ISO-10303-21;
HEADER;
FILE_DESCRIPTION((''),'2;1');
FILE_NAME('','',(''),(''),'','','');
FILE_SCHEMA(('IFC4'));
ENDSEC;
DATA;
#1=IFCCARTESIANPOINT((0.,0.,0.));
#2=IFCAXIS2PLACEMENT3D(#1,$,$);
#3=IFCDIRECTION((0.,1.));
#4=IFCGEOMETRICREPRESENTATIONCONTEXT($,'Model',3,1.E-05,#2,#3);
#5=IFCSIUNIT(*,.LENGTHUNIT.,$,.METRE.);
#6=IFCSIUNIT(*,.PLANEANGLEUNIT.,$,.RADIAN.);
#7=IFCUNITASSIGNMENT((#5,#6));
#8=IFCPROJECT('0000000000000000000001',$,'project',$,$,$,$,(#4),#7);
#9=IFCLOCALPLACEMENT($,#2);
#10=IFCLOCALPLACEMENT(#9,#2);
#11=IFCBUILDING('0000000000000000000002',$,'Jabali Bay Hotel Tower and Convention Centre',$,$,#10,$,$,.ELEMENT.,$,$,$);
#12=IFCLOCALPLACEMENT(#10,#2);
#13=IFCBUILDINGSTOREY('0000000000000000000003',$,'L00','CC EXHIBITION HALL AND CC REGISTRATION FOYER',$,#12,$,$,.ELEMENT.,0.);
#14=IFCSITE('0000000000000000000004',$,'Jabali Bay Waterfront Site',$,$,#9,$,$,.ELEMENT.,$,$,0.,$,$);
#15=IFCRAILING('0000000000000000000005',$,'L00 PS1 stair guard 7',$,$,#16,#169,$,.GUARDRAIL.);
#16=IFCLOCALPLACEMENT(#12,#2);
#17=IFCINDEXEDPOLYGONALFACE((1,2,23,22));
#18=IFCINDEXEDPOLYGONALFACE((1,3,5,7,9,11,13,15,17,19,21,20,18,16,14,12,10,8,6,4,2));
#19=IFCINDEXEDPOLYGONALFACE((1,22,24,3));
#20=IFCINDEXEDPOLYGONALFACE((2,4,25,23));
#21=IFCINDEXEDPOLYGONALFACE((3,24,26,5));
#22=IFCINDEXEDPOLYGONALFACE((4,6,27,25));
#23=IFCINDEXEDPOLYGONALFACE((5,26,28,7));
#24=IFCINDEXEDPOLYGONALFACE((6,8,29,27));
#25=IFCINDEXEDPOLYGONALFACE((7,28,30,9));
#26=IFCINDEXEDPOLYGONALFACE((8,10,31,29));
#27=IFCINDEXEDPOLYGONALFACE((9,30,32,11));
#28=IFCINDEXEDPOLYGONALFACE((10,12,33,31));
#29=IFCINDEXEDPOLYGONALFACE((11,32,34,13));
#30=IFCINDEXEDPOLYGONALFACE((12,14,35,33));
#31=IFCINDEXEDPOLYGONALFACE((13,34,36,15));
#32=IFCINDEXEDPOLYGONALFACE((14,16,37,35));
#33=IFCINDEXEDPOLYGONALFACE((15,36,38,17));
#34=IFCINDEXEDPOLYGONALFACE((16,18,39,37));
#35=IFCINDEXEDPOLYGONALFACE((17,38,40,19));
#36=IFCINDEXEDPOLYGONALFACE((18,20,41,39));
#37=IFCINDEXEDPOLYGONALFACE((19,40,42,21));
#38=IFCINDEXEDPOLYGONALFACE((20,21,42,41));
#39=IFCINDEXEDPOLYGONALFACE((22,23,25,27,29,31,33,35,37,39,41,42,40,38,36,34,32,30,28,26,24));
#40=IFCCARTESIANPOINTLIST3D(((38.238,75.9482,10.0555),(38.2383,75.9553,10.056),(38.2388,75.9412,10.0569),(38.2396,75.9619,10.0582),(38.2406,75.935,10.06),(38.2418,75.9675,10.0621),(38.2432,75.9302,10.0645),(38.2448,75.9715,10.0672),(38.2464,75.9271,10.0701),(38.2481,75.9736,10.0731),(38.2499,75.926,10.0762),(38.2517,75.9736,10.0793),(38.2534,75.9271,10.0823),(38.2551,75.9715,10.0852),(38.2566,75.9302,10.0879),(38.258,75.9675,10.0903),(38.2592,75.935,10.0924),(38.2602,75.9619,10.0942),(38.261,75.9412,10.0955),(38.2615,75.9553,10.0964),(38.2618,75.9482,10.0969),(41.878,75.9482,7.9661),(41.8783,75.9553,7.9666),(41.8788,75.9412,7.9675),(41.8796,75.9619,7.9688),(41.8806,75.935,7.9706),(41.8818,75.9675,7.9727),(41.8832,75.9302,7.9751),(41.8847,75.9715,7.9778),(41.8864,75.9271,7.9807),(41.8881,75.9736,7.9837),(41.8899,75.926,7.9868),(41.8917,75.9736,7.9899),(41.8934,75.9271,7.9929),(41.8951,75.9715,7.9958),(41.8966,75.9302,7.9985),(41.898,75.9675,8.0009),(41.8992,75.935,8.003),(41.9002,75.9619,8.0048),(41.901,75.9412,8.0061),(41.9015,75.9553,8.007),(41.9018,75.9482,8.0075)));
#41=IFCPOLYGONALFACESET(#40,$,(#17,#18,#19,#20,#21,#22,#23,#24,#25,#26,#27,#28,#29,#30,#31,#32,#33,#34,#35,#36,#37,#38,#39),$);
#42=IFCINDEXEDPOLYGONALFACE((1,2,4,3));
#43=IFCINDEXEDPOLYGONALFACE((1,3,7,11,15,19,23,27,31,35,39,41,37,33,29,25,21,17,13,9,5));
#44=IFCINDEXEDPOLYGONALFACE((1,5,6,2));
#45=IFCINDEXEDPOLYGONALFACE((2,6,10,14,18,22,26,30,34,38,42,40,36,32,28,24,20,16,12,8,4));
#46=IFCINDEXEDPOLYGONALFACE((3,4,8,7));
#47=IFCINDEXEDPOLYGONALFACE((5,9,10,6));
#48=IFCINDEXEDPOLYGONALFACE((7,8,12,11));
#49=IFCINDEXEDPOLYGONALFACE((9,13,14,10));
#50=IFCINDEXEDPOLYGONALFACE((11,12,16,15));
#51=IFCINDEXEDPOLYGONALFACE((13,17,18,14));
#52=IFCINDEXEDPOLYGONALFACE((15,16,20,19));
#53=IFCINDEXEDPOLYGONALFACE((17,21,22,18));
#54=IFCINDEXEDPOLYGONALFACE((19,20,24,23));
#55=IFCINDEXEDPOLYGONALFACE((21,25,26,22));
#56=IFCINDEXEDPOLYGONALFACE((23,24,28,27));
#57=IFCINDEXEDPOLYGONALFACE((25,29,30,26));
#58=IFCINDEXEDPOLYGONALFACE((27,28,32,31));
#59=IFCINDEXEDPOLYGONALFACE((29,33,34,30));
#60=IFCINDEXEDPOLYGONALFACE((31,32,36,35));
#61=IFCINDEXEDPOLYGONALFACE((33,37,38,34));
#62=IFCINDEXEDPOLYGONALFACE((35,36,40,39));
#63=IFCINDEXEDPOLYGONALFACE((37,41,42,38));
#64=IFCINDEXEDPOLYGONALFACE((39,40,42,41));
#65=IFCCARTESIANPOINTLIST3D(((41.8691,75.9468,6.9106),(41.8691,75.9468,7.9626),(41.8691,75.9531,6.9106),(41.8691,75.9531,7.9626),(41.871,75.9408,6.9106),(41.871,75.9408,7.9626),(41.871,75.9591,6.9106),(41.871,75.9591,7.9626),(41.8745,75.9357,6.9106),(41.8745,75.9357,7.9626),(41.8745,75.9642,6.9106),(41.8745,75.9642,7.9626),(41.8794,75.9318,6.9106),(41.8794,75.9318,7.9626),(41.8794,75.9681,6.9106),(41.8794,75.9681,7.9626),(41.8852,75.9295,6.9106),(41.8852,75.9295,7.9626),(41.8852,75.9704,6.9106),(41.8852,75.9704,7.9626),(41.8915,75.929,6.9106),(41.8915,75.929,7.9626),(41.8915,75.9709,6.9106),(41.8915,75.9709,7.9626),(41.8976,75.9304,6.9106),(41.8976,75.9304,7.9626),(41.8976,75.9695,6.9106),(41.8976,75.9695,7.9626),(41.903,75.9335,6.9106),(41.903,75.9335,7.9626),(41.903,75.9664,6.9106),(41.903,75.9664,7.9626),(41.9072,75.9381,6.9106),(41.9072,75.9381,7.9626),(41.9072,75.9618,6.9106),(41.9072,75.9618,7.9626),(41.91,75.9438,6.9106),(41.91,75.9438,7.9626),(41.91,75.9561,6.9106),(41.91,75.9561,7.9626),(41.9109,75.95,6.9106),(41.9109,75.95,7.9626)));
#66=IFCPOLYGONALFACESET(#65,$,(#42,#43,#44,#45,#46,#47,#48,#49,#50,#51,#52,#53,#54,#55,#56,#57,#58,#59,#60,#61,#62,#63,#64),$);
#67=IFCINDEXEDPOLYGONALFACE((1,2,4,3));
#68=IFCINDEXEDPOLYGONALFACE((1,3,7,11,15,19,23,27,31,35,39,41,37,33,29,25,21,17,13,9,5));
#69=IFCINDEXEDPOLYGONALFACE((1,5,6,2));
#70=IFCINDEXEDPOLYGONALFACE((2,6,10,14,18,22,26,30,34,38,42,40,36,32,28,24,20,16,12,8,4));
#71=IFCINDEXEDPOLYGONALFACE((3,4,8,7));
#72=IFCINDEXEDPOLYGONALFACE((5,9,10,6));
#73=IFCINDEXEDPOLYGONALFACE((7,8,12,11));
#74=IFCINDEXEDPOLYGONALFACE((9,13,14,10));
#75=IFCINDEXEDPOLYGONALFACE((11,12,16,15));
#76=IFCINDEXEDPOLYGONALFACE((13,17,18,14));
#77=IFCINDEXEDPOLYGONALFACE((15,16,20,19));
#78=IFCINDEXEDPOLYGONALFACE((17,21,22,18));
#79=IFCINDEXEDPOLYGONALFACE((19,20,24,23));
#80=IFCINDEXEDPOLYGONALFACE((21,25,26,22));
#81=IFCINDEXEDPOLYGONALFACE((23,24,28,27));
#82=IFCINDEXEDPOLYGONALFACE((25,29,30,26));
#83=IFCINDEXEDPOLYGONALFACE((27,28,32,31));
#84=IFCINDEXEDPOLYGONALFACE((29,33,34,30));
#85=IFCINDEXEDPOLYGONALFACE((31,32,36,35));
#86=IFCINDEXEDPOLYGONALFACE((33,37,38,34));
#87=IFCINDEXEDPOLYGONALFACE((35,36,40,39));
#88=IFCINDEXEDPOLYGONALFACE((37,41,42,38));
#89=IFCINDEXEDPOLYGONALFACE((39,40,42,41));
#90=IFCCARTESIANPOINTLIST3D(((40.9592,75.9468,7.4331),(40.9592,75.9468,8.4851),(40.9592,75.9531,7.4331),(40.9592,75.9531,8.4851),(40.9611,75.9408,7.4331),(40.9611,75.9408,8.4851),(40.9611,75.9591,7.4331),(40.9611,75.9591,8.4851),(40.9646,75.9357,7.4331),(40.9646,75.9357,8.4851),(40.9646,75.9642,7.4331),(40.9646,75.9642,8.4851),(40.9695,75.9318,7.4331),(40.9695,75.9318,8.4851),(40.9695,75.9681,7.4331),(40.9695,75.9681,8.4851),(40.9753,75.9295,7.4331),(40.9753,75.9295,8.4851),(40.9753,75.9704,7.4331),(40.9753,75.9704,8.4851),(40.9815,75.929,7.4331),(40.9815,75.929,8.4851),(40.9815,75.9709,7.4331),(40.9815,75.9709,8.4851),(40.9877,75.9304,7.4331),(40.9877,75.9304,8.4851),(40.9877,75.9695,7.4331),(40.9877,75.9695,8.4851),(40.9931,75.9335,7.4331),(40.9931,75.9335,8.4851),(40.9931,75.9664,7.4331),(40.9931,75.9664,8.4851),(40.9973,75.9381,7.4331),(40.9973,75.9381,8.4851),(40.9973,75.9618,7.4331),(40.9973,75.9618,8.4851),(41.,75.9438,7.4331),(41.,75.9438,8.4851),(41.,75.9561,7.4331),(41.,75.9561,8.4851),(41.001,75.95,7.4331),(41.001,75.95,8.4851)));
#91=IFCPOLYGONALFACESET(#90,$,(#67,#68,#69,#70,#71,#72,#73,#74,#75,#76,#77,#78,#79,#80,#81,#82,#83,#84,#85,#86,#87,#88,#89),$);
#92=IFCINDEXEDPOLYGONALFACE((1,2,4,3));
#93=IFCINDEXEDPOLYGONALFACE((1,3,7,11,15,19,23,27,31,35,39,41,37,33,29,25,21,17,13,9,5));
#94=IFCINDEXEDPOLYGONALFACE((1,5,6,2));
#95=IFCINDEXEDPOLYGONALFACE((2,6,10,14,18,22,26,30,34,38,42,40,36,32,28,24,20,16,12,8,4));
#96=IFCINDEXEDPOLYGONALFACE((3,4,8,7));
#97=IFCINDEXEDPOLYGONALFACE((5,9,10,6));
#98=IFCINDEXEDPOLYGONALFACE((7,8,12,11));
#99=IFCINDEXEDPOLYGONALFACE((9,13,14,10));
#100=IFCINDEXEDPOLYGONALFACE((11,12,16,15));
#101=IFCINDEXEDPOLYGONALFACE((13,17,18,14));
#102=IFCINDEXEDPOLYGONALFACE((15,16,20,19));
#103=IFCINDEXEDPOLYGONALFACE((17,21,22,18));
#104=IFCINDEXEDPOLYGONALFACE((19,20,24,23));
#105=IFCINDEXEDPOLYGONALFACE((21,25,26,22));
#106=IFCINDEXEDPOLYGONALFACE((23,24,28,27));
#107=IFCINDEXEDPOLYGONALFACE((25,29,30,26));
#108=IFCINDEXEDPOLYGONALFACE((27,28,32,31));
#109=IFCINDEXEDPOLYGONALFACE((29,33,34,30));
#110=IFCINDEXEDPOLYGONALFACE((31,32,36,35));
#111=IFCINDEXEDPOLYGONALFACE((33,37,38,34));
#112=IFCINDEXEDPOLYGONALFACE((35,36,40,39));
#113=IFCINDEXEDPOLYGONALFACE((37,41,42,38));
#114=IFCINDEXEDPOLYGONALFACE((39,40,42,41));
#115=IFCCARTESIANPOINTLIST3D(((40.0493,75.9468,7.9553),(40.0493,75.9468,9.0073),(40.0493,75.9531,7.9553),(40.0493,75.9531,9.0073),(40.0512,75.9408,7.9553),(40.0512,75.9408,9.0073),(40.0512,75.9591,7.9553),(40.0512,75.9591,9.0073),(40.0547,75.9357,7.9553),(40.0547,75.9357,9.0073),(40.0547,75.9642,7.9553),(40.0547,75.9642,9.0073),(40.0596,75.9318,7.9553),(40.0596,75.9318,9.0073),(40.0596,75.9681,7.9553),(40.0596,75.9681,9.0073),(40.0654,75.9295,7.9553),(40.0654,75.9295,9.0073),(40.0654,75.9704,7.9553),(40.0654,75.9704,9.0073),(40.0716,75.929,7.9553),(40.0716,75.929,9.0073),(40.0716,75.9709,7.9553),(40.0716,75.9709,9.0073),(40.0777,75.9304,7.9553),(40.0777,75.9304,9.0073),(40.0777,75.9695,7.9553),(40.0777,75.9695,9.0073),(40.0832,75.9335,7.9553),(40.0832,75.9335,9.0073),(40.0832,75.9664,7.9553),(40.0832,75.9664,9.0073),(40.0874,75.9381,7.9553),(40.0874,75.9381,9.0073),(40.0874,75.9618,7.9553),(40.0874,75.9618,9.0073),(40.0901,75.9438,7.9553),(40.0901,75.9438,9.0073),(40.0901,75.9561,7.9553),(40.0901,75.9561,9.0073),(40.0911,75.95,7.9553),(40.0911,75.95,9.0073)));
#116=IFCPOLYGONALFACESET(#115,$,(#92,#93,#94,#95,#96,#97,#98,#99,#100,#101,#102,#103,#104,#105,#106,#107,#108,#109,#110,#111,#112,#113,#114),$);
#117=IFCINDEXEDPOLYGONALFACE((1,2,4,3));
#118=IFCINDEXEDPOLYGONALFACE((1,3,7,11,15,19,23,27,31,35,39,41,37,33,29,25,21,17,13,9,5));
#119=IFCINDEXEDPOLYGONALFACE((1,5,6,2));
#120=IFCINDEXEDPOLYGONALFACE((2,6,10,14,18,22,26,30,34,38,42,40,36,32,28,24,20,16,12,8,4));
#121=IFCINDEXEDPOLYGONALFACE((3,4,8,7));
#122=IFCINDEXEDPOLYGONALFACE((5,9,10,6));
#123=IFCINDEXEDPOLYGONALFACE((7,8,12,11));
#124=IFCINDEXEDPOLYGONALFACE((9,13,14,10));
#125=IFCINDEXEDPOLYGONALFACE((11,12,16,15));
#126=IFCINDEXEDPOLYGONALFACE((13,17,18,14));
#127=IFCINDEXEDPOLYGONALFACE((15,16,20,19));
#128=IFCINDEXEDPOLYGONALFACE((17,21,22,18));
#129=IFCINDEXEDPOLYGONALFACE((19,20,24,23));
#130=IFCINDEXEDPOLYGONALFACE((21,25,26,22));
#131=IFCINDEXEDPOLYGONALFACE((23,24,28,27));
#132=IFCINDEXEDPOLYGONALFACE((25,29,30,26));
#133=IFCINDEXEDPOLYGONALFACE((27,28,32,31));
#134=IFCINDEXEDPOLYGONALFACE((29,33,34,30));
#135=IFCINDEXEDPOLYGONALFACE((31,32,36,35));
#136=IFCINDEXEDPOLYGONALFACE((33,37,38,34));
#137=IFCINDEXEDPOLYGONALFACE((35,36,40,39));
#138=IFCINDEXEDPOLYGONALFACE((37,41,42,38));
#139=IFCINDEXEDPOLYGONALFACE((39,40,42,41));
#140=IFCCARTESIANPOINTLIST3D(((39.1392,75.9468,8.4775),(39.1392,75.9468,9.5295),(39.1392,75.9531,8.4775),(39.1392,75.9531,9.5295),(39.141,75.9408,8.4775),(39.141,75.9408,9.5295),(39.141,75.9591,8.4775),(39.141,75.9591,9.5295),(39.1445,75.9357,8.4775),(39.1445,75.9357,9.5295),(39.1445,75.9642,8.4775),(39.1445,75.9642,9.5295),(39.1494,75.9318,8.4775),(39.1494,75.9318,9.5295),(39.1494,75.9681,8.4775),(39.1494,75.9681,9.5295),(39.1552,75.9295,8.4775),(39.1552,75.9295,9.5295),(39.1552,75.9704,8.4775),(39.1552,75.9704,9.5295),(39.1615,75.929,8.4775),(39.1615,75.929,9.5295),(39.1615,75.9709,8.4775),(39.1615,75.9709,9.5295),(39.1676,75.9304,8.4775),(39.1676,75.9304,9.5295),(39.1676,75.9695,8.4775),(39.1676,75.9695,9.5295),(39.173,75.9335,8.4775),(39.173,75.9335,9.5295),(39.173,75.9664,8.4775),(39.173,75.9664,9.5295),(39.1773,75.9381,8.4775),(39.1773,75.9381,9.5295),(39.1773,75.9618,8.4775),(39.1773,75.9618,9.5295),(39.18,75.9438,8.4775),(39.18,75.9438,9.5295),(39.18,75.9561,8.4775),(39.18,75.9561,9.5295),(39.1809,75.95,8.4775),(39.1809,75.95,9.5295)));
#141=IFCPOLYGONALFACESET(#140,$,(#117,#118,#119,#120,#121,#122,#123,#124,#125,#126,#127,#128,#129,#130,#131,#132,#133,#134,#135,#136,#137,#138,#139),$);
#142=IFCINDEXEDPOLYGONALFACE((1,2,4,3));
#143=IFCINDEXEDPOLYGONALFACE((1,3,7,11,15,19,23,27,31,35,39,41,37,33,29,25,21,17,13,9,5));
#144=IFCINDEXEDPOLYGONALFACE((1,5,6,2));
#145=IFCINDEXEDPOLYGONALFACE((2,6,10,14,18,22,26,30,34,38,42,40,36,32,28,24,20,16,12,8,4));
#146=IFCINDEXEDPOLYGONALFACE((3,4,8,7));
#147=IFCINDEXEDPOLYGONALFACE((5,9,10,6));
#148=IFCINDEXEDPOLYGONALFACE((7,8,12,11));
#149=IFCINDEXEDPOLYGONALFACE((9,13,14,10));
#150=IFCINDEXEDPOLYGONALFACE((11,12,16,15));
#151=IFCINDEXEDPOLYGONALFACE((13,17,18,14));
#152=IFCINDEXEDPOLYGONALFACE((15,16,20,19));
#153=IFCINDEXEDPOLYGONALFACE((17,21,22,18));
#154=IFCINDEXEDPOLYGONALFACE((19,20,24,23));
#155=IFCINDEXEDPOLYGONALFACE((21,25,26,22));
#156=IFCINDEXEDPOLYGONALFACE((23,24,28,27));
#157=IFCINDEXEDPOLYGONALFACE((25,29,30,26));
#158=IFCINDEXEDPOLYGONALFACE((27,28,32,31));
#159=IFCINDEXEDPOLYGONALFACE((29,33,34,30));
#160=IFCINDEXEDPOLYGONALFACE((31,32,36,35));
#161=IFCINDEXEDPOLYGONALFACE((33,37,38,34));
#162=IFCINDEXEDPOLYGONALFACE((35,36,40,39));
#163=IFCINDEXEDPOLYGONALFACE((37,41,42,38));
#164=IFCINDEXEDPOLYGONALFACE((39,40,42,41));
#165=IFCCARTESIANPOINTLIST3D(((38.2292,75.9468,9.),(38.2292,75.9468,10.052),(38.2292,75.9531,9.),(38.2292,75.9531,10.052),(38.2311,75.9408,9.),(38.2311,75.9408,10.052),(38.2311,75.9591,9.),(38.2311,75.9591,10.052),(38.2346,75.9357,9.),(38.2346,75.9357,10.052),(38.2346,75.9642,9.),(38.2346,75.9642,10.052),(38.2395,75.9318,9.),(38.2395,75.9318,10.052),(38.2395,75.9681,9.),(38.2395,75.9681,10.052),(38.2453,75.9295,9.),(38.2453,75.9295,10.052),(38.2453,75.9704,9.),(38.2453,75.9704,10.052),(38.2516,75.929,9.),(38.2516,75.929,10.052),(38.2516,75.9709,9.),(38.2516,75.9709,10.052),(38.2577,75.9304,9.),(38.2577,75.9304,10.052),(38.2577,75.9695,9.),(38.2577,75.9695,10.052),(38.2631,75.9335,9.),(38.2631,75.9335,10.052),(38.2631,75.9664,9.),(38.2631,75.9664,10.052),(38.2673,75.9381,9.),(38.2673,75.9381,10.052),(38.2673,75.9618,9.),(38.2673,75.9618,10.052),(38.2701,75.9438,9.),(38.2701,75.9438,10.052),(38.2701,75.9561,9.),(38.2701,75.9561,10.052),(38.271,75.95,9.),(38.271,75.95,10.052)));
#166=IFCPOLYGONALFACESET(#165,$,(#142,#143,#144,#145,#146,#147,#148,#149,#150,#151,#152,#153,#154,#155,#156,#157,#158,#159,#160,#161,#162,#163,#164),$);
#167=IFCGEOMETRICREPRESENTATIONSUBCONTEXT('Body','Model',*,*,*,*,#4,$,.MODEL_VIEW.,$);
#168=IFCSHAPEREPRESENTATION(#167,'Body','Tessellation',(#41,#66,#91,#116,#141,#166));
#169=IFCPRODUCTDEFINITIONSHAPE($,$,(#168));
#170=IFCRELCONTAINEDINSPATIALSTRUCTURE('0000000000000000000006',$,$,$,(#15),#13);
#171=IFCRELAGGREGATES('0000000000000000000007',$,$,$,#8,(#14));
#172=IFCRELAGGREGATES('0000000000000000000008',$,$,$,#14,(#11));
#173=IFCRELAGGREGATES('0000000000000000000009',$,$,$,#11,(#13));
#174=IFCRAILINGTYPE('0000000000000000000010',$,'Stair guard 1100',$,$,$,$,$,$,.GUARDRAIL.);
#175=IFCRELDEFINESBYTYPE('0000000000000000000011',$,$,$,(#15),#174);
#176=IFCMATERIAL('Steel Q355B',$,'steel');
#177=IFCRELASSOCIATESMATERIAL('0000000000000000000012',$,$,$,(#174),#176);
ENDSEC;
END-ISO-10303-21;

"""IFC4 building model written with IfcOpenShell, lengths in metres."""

from ifc_helpers import new_model, si_unit, direction, frame, origin, origin_2d, place, context, subcontext, project, spatial, circle, extrude, material, type_object, element, save


model = new_model("IFC4")

# Units and contexts
model_context = context("Model", 3, precision=1e-05, world=origin(), true_north=direction((0.0, 1.0)))
body_context = subcontext(model_context, "Body", "Model", "MODEL_VIEW")
ifc_project = project(units=[si_unit("LENGTHUNIT", "METRE"), si_unit("PLANEANGLEUNIT", "RADIAN")], contexts=[model_context])

# Site, building, storey
site_placement = place(None, origin())
site = spatial("IfcSite", under=ifc_project, at=site_placement, Name="Jabali Bay Waterfront Site", CompositionType="ELEMENT", RefElevation=0.0)
building_placement = place(site_placement, origin())
building = spatial("IfcBuilding", under=site, at=building_placement, Name="Jabali Bay Hotel Tower and Convention Centre", CompositionType="ELEMENT")
storey_placement = place(building_placement, origin())
storey = spatial("IfcBuildingStorey", under=building, at=storey_placement, Name="L00", Description="CC EXHIBITION HALL AND CC REGISTRATION FOYER", CompositionType="ELEMENT", Elevation=0.0)

# Railing
ifc_material_1 = material(Name="Steel Q355B", Category="steel")
railing_type_1 = type_object("IfcRailingType", Name="Stair guard 1100", PredefinedType="GUARDRAIL", material=ifc_material_1)
railing_1_placement = place(storey_placement, frame((41.8899, 75.95, 6.9106)))
element("IfcRailing", 1, at=railing_1_placement, inside=storey, type_object=railing_type_1, Name="L00 PS1 stair guard 7", PredefinedType="GUARDRAIL", context=body_context, shape_type="SweptSolid", body=[
    extrude(circle(Radius=0.0239, at=origin_2d()), frame((0.0, 0.0, 1.0762), z_axis=(-0.867275, 0.0, 0.497829), x_axis=(0.0, -1.0, 0.0)), (0.0, 0.0, 1.0), 4.197),
    extrude(circle(Radius=0.021, at=origin_2d()), origin(), (0.0, 0.0, 1.0), 1.052),
    extrude(circle(Radius=0.021, at=origin_2d()), frame((-0.9099, 0.0, 0.5225)), (0.0, 0.0, 1.0), 1.052),
    extrude(circle(Radius=0.021, at=origin_2d()), frame((-1.8198, 0.0, 1.0447)), (0.0, 0.0, 1.0), 1.052),
    extrude(circle(Radius=0.021, at=origin_2d()), frame((-2.73, 0.0, 1.5669)), (0.0, 0.0, 1.0), 1.052),
    extrude(circle(Radius=0.021, at=origin_2d()), frame((-3.6399, 0.0, 2.0894)), (0.0, 0.0, 1.0), 1.052),
])

save(model, "model.ifc")
